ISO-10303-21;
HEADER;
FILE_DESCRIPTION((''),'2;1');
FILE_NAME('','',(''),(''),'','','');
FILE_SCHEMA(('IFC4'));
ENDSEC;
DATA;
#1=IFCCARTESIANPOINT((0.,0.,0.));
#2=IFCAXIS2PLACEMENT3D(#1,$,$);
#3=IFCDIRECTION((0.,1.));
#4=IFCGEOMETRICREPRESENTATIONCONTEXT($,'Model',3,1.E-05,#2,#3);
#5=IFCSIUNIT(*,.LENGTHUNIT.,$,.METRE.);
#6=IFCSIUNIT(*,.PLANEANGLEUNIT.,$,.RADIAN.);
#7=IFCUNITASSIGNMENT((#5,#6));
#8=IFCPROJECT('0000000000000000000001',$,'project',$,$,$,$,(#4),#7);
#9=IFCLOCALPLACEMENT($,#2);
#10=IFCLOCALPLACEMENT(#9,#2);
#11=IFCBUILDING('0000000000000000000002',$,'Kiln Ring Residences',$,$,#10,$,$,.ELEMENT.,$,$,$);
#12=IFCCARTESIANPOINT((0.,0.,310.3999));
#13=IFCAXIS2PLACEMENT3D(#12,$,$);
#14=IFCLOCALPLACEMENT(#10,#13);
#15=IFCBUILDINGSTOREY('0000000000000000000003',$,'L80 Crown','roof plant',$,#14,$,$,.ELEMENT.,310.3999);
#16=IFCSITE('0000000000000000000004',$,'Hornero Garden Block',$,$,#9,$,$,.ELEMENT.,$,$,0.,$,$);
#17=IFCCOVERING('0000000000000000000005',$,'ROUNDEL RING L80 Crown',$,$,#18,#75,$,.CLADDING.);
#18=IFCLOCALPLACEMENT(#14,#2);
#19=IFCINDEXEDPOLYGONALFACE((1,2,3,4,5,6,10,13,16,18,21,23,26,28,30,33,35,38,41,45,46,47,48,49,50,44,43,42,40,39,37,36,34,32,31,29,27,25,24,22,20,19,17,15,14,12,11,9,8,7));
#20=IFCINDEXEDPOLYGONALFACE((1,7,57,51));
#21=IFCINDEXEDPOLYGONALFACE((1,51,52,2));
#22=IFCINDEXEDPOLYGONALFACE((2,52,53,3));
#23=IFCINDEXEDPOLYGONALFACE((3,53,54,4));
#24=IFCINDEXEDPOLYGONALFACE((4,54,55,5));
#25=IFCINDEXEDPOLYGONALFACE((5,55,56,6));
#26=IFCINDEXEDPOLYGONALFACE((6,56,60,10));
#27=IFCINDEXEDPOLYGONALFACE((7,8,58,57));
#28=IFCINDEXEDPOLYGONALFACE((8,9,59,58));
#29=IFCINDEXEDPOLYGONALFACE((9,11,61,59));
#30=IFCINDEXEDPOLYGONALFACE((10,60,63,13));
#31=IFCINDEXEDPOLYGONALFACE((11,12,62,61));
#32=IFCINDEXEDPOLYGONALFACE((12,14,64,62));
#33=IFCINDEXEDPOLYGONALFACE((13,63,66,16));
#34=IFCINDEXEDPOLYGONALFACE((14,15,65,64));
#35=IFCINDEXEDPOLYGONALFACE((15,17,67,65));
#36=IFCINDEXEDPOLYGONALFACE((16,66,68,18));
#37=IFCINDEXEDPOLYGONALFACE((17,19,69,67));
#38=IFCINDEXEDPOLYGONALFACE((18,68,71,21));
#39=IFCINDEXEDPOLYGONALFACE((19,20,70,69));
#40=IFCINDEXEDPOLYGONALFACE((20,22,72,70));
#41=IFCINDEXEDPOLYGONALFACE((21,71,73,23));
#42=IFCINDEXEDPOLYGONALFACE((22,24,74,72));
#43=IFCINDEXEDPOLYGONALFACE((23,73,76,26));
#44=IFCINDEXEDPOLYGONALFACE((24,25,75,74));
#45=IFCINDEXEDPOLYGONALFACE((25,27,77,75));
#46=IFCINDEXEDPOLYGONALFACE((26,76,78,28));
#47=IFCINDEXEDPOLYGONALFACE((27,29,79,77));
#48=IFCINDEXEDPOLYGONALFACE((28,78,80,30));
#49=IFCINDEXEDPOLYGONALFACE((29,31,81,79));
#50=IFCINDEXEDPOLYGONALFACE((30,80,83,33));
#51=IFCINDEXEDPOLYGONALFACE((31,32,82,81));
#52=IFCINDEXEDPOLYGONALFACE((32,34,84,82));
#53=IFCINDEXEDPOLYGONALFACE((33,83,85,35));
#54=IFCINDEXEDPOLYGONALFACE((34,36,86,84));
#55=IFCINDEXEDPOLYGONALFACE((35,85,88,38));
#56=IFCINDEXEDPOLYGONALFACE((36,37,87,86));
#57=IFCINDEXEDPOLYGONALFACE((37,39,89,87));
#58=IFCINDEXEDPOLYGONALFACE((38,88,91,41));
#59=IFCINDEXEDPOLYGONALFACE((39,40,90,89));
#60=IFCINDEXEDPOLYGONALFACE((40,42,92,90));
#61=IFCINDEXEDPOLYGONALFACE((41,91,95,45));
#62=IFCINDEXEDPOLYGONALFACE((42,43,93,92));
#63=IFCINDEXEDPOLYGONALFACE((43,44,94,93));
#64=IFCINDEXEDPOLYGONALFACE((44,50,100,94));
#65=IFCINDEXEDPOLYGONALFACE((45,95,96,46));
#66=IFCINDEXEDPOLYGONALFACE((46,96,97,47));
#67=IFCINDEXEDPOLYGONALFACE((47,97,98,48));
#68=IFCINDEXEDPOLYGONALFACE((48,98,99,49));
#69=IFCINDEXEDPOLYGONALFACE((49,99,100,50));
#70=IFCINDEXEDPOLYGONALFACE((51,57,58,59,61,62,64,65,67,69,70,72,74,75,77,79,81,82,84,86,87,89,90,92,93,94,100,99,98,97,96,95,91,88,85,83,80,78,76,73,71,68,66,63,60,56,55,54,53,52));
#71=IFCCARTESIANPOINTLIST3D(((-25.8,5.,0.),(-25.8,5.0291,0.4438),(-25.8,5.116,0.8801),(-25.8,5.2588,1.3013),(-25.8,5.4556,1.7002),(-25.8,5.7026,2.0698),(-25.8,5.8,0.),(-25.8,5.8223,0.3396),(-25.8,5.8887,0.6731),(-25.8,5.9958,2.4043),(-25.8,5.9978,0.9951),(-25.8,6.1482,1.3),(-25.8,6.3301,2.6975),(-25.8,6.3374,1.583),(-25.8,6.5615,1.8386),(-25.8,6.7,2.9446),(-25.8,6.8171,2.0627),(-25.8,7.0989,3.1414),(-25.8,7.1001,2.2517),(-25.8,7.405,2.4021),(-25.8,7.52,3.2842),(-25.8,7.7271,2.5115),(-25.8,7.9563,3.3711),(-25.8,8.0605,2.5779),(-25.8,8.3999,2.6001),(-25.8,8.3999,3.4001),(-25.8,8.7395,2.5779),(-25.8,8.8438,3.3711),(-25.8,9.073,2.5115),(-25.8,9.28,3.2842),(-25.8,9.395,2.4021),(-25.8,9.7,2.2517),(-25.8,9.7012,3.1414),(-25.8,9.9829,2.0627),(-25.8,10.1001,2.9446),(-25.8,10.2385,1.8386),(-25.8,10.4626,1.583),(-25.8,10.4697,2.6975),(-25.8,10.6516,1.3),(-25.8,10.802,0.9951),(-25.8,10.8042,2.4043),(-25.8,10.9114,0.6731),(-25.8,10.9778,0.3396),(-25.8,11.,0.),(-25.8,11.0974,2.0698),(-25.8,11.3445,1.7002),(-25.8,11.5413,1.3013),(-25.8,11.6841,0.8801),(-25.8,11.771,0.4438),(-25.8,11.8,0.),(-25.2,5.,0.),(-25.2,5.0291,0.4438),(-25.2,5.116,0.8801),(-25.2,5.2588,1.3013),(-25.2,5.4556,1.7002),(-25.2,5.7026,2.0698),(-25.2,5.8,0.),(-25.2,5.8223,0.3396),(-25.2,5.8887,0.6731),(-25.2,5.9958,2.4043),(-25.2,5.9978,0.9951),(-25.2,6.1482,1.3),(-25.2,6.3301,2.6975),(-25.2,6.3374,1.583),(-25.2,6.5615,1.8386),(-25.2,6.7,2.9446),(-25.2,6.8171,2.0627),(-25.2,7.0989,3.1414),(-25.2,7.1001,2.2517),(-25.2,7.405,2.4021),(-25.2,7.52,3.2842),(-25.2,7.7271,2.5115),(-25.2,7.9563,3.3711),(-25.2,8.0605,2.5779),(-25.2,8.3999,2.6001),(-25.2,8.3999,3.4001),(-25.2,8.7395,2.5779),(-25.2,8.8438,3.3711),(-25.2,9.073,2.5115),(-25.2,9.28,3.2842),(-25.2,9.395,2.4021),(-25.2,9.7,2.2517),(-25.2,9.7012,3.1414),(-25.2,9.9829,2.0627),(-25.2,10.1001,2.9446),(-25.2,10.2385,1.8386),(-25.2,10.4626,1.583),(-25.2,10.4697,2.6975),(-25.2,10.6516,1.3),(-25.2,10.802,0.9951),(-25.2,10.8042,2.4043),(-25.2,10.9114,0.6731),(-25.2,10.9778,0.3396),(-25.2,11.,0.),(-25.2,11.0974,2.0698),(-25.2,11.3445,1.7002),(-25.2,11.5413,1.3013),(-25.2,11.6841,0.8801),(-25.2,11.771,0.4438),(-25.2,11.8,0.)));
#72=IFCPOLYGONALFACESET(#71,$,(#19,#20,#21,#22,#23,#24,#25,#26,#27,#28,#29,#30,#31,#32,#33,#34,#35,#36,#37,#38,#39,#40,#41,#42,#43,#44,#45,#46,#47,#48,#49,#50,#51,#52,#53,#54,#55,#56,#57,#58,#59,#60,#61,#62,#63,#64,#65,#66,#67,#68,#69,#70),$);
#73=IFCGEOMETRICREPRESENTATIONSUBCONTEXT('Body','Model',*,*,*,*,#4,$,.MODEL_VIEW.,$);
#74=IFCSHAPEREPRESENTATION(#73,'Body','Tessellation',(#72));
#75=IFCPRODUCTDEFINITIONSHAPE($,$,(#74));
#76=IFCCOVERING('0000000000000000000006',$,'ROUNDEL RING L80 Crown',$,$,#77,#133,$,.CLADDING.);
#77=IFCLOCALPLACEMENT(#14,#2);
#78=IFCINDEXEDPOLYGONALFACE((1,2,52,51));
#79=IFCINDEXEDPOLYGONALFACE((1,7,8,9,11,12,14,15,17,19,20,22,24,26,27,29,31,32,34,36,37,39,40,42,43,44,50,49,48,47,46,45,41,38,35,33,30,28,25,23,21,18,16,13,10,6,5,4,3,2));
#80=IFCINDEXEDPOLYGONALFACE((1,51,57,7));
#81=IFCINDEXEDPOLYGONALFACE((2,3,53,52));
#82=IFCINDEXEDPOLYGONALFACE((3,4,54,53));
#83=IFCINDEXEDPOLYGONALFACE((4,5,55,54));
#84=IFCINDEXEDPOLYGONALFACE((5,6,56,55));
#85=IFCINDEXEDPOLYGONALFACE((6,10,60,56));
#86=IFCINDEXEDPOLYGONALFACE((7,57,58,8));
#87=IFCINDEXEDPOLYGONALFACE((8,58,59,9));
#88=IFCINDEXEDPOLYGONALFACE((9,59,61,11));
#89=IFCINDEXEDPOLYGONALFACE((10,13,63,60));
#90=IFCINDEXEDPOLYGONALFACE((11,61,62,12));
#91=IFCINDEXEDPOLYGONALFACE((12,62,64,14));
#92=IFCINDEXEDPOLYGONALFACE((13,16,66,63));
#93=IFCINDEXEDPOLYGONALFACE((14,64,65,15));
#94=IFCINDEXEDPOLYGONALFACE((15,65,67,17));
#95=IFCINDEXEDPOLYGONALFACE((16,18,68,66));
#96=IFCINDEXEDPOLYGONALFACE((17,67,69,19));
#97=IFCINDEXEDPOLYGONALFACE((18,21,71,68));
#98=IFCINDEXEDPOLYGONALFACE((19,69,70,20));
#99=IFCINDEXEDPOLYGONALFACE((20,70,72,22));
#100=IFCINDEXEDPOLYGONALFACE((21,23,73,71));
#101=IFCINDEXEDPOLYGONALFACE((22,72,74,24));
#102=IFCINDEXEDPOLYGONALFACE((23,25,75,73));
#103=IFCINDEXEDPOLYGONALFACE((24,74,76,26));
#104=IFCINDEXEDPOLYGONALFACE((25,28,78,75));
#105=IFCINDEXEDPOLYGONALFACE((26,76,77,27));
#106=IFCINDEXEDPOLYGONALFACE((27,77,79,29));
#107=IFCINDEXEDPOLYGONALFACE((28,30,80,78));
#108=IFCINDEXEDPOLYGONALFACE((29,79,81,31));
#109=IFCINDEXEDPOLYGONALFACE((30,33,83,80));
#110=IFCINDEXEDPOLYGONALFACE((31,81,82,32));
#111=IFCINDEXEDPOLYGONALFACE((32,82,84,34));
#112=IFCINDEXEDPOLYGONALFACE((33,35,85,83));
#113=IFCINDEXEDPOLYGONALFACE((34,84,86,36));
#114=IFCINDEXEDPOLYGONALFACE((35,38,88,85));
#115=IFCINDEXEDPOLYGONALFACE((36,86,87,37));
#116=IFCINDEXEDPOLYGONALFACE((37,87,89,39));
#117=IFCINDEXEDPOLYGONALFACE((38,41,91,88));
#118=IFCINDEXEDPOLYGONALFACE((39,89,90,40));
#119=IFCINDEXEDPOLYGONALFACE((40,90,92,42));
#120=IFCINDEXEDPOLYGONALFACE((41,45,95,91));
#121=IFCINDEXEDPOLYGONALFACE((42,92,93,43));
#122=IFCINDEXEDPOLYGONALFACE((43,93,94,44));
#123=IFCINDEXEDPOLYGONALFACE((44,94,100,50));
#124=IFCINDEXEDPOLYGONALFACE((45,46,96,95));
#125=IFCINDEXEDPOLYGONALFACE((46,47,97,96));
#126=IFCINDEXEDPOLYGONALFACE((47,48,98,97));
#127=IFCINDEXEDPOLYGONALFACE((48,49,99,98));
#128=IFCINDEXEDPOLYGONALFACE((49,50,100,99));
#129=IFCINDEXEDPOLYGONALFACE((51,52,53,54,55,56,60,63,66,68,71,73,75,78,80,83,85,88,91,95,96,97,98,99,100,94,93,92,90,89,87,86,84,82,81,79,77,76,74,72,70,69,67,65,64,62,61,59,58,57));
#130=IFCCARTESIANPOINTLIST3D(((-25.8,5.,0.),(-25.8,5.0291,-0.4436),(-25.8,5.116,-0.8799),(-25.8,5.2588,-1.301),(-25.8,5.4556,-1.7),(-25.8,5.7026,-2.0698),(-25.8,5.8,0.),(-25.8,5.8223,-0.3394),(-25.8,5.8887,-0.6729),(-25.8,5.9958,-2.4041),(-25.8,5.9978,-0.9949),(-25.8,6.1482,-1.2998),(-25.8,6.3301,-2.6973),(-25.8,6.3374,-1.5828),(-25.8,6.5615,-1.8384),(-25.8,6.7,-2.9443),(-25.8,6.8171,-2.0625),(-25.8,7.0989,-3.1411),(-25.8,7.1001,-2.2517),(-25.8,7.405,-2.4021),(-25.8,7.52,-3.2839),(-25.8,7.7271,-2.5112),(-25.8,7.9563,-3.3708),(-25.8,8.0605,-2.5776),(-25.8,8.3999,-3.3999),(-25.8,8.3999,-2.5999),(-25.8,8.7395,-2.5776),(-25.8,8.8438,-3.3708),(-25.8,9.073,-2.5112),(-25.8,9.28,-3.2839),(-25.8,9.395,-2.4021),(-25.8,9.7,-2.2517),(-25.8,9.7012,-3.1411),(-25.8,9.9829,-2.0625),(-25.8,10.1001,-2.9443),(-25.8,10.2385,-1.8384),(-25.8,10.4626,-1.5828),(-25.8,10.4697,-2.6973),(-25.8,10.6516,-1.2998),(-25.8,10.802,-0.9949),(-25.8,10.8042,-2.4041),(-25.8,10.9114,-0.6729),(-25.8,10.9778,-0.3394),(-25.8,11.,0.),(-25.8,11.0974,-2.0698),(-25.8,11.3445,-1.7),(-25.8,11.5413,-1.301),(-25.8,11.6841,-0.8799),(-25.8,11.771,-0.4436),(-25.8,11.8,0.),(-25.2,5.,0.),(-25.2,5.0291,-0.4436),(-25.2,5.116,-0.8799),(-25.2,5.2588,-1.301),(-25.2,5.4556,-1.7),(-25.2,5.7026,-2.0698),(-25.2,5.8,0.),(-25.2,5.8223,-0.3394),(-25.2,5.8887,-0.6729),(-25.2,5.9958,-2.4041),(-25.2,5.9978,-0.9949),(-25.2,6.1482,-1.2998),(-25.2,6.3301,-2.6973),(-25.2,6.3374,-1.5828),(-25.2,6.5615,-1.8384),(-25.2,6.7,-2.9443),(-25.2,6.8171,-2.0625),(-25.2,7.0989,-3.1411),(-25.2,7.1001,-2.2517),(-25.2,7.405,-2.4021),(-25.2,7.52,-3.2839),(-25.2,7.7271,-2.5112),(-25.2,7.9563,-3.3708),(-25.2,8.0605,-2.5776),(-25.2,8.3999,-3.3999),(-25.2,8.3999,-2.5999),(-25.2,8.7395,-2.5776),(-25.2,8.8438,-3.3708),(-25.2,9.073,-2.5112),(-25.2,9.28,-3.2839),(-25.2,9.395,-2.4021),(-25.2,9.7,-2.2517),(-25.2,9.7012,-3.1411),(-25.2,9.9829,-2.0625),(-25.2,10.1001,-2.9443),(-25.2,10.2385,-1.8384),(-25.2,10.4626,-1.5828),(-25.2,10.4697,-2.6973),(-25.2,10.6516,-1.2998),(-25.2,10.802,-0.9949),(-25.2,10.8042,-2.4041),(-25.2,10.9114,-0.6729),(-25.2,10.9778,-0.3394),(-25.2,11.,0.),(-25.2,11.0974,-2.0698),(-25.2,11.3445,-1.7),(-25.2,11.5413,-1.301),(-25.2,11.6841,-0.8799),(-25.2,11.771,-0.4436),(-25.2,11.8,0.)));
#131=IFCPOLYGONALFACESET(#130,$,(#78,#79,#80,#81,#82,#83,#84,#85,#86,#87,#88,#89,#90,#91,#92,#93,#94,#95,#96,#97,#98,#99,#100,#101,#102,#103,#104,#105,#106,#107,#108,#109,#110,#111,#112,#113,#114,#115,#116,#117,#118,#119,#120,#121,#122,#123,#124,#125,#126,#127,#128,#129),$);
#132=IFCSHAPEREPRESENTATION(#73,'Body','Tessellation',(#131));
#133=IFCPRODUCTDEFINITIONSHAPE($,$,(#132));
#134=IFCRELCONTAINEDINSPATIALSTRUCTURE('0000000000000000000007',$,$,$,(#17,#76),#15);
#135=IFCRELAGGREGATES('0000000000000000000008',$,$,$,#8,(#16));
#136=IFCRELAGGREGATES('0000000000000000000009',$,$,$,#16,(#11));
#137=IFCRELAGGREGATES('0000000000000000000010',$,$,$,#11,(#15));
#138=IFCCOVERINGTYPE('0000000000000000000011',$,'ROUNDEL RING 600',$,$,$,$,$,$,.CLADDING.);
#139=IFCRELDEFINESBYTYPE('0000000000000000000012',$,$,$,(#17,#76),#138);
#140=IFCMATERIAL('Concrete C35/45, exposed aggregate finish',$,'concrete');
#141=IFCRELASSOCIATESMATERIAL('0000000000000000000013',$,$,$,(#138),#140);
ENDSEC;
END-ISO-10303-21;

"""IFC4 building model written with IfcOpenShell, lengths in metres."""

from ifc_helpers import new_model, si_unit, direction, frame, origin, place, context, subcontext, project, spatial, polyline, outline, extrude, material, type_object, element, save


model = new_model("IFC4")

# Units and contexts
model_context = context("Model", 3, precision=1e-05, world=origin(), true_north=direction((0.0, 1.0)))
body_context = subcontext(model_context, "Body", "Model", "MODEL_VIEW")
ifc_project = project(units=[si_unit("LENGTHUNIT", "METRE"), si_unit("PLANEANGLEUNIT", "RADIAN")], contexts=[model_context])

# Site, building, storey
site_placement = place(None, origin())
site = spatial("IfcSite", under=ifc_project, at=site_placement, Name="Hornero Garden Block", CompositionType="ELEMENT", RefElevation=0.0)
building_placement = place(site_placement, origin())
building = spatial("IfcBuilding", under=site, at=building_placement, Name="Kiln Ring Residences", CompositionType="ELEMENT")
storey_placement = place(building_placement, frame((0.0, 0.0, 310.3999)))
storey = spatial("IfcBuildingStorey", under=building, at=storey_placement, Name="L80 Crown", Description="roof plant", CompositionType="ELEMENT", Elevation=310.3999)

# Coverings
ifc_material_1 = material(Name="Concrete C35/45, exposed aggregate finish", Category="concrete")
covering_type_1 = type_object("IfcCoveringType", Name="ROUNDEL RING 600", PredefinedType="CLADDING", material=ifc_material_1)
covering_1_placement = place(storey_placement, frame((-25.5, 5.0, 0.0), z_axis=(0.0, 0.0, 1.0), x_axis=(0.0, 1.0, 0.0)))
element("IfcCovering", 1, at=covering_1_placement, inside=storey, type_object=covering_type_1, Name="ROUNDEL RING L80 Crown", PredefinedType="CLADDING", context=body_context, shape_type="SweptSolid", body=[
    extrude(outline(polyline([(6.8, 0.0), (6.771, 0.4438), (6.6841, 0.8801), (6.5413, 1.3013), (6.3445, 1.7002), (6.0974, 2.0698), (5.8042, 2.4043), (5.4697, 2.6975), (5.1001, 2.9446), (4.7012, 3.1414), (4.28, 3.2842), (3.8438, 3.3711), (3.3999, 3.4001), (2.9563, 3.3711), (2.52, 3.2842), (2.0989, 3.1414), (1.7, 2.9446), (1.3301, 2.6975), (0.9958, 2.4043), (0.7026, 2.0698), (0.4556, 1.7002), (0.2588, 1.3013), (0.116, 0.8801), (0.0291, 0.4438), (0.0, 0.0), (0.8, 0.0), (0.8223, 0.3396), (0.8887, 0.6731), (0.9978, 0.9951), (1.1482, 1.3), (1.3374, 1.583), (1.5615, 1.8386), (1.8171, 2.0627), (2.1001, 2.2517), (2.405, 2.4021), (2.7271, 2.5115), (3.0605, 2.5779), (3.3999, 2.6001), (3.7395, 2.5779), (4.073, 2.5115), (4.395, 2.4021), (4.7, 2.2517), (4.9829, 2.0627), (5.2385, 1.8386), (5.4626, 1.583), (5.6516, 1.3), (5.802, 0.9951), (5.9114, 0.6731), (5.9778, 0.3396), (6.0, 0.0), (6.8, 0.0)])), frame((0.0, 0.3, 0.0), z_axis=(0.0, -1.0, 0.0), x_axis=(1.0, 0.0, 0.0)), (0.0, 0.0, 1.0), 0.6001),
])
covering_2_placement = place(storey_placement, frame((-25.5, 5.0, -3.3999), z_axis=(0.0, 0.0, 1.0), x_axis=(0.0, 1.0, 0.0)))
element("IfcCovering", 2, at=covering_2_placement, inside=storey, type_object=covering_type_1, Name="ROUNDEL RING L80 Crown", PredefinedType="CLADDING", context=body_context, shape_type="SweptSolid", body=[
    extrude(outline(polyline([(0.0, 3.3999), (0.0291, 2.9563), (0.116, 2.52), (0.2588, 2.0989), (0.4556, 1.7), (0.7026, 1.3301), (0.9958, 0.9958), (1.3301, 0.7026), (1.7, 0.4556), (2.0989, 0.2588), (2.52, 0.116), (2.9563, 0.0291), (3.3999, 0.0), (3.8438, 0.0291), (4.28, 0.116), (4.7012, 0.2588), (5.1001, 0.4556), (5.4697, 0.7026), (5.8042, 0.9958), (6.0974, 1.3301), (6.3445, 1.7), (6.5413, 2.0989), (6.6841, 2.52), (6.771, 2.9563), (6.8, 3.3999), (6.0, 3.3999), (5.9778, 3.0605), (5.9114, 2.7271), (5.802, 2.405), (5.6516, 2.1001), (5.4626, 1.8171), (5.2385, 1.5615), (4.9829, 1.3374), (4.7, 1.1482), (4.395, 0.9978), (4.073, 0.8887), (3.7395, 0.8223), (3.3999, 0.8), (3.0605, 0.8223), (2.7271, 0.8887), (2.405, 0.9978), (2.1001, 1.1482), (1.8171, 1.3374), (1.5615, 1.5615), (1.3374, 1.8171), (1.1482, 2.1001), (0.9978, 2.405), (0.8887, 2.7271), (0.8223, 3.0605), (0.8, 3.3999), (0.0, 3.3999)])), frame((0.0, 0.3, 0.0), z_axis=(0.0, -1.0, 0.0), x_axis=(1.0, 0.0, 0.0)), (0.0, 0.0, 1.0), 0.6001),
])

save(model, "model.ifc")
